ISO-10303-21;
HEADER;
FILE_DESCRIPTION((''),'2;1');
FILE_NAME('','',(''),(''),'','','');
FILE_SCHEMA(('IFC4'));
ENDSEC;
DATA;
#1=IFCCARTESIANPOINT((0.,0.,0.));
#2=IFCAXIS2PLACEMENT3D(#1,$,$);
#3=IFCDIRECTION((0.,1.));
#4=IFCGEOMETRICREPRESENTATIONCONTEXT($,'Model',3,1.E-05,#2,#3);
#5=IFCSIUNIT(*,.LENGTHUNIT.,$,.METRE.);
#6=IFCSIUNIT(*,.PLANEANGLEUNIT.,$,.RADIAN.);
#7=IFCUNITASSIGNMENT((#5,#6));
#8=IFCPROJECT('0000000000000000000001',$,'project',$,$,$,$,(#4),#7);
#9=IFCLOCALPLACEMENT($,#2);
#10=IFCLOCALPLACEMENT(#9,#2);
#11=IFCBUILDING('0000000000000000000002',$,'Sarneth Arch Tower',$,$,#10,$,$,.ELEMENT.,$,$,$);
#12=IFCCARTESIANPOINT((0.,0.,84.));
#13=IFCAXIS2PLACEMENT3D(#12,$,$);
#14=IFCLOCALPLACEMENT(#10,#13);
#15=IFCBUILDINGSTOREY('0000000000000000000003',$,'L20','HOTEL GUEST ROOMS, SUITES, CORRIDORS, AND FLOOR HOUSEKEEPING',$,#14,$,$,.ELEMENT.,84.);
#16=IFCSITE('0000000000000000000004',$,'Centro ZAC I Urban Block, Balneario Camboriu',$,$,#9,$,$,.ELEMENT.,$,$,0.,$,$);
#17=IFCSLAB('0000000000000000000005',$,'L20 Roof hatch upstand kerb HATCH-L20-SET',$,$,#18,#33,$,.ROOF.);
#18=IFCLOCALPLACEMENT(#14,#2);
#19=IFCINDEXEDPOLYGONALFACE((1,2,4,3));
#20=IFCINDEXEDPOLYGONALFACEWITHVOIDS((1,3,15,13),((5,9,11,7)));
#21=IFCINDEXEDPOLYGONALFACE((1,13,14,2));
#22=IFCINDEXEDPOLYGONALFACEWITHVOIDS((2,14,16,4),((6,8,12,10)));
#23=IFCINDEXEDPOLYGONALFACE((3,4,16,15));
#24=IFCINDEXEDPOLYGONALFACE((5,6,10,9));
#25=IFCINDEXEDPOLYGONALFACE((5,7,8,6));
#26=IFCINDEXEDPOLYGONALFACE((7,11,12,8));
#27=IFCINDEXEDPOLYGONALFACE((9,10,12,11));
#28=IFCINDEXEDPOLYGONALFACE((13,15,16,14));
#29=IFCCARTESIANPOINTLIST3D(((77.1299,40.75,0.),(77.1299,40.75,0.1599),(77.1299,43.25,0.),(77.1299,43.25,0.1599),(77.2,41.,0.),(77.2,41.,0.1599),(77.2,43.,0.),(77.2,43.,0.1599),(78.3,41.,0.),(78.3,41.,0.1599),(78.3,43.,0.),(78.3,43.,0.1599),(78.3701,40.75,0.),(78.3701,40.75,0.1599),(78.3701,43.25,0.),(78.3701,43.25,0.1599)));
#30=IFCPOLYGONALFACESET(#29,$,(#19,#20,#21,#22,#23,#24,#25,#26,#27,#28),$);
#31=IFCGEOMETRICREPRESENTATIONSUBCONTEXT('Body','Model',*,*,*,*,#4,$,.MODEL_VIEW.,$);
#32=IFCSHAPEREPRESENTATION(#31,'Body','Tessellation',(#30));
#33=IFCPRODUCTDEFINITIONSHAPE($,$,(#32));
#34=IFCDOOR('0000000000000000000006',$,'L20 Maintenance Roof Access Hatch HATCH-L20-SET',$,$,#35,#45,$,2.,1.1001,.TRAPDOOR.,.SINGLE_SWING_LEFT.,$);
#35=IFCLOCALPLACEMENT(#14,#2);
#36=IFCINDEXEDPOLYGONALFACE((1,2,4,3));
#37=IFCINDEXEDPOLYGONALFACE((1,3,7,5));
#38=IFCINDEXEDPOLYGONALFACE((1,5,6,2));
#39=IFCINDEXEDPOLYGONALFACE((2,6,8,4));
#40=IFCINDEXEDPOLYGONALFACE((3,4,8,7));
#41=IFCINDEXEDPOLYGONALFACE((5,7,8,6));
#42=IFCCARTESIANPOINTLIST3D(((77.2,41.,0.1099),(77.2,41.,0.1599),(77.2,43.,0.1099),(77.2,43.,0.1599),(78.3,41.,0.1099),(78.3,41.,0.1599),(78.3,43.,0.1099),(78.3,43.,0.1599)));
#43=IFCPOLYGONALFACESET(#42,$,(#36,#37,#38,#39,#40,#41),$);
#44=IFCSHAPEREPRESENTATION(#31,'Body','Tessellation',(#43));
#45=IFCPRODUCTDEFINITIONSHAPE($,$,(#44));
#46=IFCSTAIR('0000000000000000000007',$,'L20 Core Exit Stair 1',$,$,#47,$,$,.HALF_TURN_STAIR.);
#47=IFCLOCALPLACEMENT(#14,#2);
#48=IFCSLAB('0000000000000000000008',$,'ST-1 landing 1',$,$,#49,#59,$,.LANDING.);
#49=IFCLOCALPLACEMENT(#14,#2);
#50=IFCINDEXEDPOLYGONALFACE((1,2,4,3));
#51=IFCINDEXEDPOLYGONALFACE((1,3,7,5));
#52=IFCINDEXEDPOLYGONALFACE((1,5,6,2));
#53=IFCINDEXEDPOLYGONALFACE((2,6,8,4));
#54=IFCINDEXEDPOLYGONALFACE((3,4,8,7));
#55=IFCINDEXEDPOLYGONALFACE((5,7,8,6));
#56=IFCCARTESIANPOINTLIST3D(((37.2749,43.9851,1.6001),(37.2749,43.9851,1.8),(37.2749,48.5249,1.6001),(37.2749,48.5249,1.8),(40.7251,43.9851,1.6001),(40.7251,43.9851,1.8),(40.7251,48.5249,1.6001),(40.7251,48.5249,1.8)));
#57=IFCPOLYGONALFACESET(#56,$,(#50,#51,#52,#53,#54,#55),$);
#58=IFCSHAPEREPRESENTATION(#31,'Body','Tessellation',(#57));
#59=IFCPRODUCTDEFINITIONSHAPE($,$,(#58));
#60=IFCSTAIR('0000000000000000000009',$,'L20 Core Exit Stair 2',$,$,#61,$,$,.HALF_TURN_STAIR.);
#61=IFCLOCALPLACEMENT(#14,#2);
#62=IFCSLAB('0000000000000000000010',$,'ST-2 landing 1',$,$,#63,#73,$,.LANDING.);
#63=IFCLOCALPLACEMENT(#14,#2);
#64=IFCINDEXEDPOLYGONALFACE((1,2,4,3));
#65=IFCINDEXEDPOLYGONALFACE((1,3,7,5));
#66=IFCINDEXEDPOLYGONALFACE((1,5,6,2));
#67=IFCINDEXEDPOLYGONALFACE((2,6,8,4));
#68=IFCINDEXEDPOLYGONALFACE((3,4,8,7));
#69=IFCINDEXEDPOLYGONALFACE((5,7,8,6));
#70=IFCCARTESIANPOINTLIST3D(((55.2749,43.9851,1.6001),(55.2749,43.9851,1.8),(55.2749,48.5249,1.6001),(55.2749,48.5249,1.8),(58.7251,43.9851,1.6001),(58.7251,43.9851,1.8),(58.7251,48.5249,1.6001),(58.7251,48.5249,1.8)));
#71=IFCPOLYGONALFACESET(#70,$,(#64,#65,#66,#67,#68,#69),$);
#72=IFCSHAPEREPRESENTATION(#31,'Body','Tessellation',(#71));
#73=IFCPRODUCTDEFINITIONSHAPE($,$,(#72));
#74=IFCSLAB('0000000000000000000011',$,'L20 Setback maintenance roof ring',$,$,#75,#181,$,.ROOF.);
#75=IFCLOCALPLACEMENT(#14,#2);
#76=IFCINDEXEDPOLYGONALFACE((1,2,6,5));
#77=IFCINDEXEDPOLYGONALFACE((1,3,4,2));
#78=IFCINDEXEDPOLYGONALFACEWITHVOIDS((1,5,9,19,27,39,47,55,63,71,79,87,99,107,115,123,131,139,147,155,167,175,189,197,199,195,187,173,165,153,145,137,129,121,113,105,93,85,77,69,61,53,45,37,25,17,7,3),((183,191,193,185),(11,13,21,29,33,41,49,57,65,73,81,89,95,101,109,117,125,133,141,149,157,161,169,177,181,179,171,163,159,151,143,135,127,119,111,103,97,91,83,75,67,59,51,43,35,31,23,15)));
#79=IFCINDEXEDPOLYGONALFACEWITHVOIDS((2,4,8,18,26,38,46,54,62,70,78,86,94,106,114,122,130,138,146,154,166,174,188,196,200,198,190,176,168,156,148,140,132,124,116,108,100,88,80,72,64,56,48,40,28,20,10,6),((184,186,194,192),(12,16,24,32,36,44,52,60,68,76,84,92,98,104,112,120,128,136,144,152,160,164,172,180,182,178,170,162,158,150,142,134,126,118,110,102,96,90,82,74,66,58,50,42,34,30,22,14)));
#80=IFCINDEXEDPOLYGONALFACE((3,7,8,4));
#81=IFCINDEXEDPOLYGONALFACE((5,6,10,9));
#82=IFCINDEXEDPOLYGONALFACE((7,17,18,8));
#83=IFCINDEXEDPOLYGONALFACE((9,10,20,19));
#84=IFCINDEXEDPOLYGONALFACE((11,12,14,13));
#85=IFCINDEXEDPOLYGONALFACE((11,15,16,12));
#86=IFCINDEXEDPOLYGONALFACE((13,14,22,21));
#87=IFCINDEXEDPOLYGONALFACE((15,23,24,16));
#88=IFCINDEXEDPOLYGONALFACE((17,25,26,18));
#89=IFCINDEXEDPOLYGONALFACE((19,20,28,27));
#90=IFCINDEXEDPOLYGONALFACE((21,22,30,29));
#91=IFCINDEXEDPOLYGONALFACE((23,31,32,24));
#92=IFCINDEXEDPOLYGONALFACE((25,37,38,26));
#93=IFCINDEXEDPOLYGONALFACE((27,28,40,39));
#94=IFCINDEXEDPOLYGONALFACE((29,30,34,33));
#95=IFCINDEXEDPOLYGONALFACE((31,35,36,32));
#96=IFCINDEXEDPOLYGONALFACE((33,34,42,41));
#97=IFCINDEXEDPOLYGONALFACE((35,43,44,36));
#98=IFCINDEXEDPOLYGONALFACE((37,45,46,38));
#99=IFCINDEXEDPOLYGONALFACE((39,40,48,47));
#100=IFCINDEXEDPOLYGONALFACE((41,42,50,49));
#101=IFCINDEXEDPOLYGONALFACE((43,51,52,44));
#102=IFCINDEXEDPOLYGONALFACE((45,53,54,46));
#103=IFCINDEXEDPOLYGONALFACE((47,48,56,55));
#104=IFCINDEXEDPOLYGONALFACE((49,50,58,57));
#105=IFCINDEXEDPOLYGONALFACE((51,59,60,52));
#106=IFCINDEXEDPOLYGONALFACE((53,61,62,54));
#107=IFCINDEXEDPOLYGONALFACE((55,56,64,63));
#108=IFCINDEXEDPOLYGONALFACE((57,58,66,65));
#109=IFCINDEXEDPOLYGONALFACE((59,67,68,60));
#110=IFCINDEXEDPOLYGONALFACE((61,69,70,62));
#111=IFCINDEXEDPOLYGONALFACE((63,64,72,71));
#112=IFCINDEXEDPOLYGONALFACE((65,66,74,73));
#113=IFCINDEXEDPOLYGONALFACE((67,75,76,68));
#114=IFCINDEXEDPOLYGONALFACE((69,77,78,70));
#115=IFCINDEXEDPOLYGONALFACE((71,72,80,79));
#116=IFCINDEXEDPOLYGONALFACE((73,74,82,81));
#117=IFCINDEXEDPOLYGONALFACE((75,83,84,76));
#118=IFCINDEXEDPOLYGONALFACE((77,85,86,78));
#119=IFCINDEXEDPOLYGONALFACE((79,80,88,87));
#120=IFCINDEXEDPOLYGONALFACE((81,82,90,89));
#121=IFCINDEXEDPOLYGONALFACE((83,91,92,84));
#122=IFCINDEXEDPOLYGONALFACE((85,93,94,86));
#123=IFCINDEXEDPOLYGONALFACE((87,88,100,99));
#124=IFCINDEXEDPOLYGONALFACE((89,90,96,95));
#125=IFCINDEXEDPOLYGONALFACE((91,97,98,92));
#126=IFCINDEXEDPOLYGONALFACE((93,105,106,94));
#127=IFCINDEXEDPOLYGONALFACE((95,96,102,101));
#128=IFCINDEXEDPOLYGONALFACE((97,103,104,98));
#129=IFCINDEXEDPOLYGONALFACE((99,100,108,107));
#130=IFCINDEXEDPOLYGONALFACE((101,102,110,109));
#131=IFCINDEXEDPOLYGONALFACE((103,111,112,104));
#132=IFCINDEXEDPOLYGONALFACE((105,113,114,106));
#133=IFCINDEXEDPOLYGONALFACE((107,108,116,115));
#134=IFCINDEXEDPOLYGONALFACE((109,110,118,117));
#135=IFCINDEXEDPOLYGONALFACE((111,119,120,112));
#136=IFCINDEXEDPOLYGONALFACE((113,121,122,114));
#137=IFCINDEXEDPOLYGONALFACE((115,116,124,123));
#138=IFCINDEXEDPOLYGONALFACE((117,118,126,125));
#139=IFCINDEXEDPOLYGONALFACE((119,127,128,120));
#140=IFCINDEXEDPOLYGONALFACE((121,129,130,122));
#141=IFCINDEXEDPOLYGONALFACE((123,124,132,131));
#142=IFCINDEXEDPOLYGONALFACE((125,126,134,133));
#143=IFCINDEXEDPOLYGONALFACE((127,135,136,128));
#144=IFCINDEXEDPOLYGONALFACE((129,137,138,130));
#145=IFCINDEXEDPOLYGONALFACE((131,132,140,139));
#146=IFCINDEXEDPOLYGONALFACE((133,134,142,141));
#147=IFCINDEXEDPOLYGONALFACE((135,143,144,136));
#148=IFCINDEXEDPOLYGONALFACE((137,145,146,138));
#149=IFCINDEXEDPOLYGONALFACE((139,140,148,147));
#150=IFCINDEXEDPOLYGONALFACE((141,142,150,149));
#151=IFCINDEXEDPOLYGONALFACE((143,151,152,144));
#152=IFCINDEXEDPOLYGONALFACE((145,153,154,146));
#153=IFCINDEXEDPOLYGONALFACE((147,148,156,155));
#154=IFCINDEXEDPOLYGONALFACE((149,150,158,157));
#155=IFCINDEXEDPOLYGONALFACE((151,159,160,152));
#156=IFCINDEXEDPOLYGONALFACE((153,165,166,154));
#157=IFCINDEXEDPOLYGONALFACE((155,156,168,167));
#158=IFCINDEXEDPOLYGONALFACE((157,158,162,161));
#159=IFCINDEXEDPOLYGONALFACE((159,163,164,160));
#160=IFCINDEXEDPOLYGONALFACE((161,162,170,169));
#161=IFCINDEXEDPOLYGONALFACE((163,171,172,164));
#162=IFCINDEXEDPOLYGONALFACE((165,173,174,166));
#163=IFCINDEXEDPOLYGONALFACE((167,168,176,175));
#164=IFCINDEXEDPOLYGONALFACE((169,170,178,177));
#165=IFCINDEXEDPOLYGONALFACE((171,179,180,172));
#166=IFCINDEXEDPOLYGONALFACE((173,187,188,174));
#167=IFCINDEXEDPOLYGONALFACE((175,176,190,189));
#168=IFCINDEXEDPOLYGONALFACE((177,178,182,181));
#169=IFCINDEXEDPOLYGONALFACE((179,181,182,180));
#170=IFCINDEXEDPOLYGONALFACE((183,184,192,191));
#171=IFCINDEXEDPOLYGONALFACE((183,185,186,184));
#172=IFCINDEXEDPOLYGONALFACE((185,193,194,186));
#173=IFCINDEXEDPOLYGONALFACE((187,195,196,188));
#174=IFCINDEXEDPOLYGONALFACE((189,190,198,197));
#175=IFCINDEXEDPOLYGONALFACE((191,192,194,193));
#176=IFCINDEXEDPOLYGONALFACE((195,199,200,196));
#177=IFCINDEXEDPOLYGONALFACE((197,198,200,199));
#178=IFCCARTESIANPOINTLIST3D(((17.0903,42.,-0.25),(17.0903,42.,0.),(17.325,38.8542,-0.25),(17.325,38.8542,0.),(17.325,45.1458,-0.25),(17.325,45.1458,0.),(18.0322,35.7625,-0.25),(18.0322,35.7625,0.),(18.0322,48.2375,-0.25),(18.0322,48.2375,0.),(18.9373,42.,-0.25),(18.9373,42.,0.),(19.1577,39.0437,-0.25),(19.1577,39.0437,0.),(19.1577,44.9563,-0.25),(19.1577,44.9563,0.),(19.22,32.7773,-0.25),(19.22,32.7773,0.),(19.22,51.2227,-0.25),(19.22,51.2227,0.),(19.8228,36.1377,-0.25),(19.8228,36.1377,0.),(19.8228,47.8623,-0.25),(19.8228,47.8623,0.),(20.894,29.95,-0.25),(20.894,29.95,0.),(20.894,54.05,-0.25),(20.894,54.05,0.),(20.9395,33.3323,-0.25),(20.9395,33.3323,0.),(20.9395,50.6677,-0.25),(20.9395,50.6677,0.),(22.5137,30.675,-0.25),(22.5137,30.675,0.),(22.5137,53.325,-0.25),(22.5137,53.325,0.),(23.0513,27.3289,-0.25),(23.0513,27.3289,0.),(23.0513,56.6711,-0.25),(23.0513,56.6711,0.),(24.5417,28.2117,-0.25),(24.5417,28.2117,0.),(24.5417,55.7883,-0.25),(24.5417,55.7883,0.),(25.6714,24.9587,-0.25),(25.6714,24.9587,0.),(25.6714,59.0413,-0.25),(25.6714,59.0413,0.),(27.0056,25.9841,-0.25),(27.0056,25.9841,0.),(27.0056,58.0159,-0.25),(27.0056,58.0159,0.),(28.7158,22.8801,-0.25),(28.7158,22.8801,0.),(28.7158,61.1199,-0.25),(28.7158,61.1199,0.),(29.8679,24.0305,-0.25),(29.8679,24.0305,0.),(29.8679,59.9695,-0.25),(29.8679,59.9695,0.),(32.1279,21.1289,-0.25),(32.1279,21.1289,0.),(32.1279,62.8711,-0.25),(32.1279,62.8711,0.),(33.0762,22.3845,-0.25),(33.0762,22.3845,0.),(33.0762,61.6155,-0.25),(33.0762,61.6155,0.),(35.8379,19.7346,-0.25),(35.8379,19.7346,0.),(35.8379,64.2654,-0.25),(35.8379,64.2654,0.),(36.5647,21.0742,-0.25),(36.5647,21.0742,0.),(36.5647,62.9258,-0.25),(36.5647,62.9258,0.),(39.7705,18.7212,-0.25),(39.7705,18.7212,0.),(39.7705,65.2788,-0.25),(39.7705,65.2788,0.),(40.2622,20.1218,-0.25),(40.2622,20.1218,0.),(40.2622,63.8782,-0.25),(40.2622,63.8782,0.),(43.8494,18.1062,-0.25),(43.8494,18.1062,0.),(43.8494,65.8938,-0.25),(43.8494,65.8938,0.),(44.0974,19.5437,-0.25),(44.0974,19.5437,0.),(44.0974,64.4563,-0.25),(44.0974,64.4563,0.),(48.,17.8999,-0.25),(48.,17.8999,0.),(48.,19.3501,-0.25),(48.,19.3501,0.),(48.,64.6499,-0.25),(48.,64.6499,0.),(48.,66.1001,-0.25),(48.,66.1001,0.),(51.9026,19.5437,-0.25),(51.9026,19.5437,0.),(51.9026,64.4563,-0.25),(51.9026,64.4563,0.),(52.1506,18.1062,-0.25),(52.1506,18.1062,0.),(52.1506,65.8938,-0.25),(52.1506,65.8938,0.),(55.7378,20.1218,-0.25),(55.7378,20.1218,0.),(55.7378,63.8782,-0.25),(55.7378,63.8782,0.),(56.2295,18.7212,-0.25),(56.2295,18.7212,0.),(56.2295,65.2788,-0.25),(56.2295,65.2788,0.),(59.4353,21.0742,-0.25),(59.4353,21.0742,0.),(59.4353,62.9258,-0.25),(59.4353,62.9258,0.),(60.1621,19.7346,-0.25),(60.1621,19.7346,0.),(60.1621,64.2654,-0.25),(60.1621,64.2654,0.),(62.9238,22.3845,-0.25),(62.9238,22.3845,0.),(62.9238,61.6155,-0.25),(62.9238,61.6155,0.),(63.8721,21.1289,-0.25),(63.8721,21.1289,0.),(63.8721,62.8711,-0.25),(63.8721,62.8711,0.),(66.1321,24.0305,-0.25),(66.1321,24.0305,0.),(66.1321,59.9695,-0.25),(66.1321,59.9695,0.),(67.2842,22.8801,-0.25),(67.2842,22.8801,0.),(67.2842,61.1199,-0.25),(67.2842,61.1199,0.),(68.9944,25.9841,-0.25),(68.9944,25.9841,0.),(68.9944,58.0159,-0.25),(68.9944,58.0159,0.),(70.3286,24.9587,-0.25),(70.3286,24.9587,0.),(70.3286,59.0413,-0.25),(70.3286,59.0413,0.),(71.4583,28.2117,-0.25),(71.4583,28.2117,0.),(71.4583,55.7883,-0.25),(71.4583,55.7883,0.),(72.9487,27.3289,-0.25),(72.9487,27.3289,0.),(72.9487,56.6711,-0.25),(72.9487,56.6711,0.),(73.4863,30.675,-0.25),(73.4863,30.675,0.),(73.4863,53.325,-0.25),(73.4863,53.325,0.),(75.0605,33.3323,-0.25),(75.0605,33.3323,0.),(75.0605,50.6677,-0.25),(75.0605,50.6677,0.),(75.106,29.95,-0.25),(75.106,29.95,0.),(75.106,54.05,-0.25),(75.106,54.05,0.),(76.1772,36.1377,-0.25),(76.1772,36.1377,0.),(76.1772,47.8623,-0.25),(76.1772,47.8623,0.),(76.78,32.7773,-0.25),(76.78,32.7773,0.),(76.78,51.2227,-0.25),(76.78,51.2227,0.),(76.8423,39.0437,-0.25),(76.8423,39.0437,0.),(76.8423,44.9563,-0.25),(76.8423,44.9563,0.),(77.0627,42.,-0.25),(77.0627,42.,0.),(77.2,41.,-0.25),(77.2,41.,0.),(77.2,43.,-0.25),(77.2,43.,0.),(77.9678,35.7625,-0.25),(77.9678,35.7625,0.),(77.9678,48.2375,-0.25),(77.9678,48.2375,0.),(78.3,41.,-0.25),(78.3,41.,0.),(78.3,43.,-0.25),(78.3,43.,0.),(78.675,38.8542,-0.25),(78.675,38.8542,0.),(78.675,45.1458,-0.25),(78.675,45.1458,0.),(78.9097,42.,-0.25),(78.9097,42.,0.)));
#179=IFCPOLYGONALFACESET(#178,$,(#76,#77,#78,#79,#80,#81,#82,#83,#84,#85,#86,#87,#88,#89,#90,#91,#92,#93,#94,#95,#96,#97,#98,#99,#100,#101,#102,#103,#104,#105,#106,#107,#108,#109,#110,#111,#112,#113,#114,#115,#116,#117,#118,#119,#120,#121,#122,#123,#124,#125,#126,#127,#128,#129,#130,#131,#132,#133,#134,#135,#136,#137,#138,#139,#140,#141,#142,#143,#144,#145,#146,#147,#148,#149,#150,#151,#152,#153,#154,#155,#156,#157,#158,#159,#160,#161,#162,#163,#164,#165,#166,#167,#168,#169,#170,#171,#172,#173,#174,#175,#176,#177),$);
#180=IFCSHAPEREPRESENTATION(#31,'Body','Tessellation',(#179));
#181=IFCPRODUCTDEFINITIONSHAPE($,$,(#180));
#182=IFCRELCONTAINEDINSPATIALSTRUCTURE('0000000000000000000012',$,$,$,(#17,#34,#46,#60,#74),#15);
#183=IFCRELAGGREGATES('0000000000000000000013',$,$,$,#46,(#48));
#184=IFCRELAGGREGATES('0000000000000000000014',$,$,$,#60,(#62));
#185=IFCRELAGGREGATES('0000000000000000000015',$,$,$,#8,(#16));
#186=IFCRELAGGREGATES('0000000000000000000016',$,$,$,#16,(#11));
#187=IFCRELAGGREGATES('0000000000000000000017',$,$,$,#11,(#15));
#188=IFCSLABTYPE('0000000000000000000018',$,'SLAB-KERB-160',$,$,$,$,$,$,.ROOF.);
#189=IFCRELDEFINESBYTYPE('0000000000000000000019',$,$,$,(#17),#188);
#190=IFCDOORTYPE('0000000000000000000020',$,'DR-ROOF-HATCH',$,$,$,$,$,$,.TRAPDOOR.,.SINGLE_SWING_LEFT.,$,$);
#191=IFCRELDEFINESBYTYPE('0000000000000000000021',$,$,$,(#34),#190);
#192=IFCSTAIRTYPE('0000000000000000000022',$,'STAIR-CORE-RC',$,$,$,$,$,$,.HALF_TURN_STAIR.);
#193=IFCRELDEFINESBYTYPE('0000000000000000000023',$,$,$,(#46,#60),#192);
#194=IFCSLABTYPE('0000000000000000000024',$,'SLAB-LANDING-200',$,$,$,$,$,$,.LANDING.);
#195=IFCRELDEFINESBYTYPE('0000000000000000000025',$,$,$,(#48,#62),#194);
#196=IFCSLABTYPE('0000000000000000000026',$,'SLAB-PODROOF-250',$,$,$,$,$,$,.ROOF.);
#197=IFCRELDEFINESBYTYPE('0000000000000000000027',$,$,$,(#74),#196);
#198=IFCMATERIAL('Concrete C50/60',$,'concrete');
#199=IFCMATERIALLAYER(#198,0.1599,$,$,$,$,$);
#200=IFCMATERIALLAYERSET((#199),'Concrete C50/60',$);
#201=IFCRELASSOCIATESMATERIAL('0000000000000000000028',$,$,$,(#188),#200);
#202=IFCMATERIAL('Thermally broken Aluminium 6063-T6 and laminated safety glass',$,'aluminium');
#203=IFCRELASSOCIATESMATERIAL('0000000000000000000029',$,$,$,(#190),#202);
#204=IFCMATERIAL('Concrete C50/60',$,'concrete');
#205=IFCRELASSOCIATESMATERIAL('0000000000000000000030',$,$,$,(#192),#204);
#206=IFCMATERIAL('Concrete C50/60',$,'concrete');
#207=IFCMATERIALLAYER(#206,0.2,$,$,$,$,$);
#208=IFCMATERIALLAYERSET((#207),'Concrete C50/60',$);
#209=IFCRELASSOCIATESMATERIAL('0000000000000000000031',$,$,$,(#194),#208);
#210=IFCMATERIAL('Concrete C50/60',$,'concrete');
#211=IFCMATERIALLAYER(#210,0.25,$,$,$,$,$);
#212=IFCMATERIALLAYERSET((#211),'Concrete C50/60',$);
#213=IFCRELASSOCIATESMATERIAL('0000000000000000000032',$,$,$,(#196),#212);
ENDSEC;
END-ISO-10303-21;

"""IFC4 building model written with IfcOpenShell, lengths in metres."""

from ifc_helpers import new_model, si_unit, direction, frame, origin, origin_2d, place, context, subcontext, project, spatial, polyline, rectangle, outline, extrude, material, layer, layer_set, type_object, element, fill, aggregate, save


model = new_model("IFC4")

# Units and contexts
model_context = context("Model", 3, precision=1e-05, world=origin(), true_north=direction((0.0, 1.0)))
body_context = subcontext(model_context, "Body", "Model", "MODEL_VIEW")
ifc_project = project(units=[si_unit("LENGTHUNIT", "METRE"), si_unit("PLANEANGLEUNIT", "RADIAN")], contexts=[model_context])

# Site, building, storey
site_placement = place(None, origin())
site = spatial("IfcSite", under=ifc_project, at=site_placement, Name="Centro ZAC I Urban Block, Balneario Camboriu", CompositionType="ELEMENT", RefElevation=0.0)
building_placement = place(site_placement, origin())
building = spatial("IfcBuilding", under=site, at=building_placement, Name="Sarneth Arch Tower", CompositionType="ELEMENT")
storey_placement = place(building_placement, frame((0.0, 0.0, 84.0)))
storey = spatial("IfcBuildingStorey", under=building, at=storey_placement, Name="L20", Description="HOTEL GUEST ROOMS, SUITES, CORRIDORS, AND FLOOR HOUSEKEEPING", CompositionType="ELEMENT", Elevation=84.0)

# Slab, opening, door
ifc_material_1 = material(Name="Concrete C50/60", Category="concrete")
ifc_layer_1 = layer(ifc_material_1, 0.1599)
ifc_layer_set_1 = layer_set([ifc_layer_1], Name="Concrete C50/60")
slab_type_1 = type_object("IfcSlabType", Name="SLAB-KERB-160", PredefinedType="ROOF", material=ifc_layer_set_1)
slab_1_placement = place(storey_placement, origin())
slab_1 = element("IfcSlab", 1, at=slab_1_placement, inside=storey, type_object=slab_type_1, Name="L20 Roof hatch upstand kerb HATCH-L20-SET", PredefinedType="ROOF", context=body_context, shape_type="SweptSolid", body=[
    extrude(outline(polyline([(77.1299, 40.75), (78.3701, 40.75), (78.3701, 43.25), (77.1299, 43.25), (77.1299, 40.75)]), holes=[polyline([(77.2, 41.0), (78.3, 41.0), (78.3, 43.0), (77.2, 43.0), (77.2, 41.0)])]), origin(), (0.0, 0.0, 1.0), 0.1599),
])
opening_1_placement = place(slab_1_placement, frame((77.75, 42.0, 0.0)))
opening_1 = element("IfcOpeningElement", 2, at=opening_1_placement, cuts=slab_1, PredefinedType="OPENING", context=body_context, shape_type="SweptSolid", body=[
    extrude(rectangle(XDim=1.1001, YDim=2.0, at=origin_2d()), origin(), (0.0, 0.0, 1.0), 0.1599),
])
ifc_material_2 = material(Name="Thermally broken Aluminium 6063-T6 and laminated safety glass", Category="aluminium")
door_type = type_object("IfcDoorType", Name="DR-ROOF-HATCH", OperationType="SINGLE_SWING_LEFT", PredefinedType="TRAPDOOR", material=ifc_material_2)
door_placement = place(opening_1_placement, frame((0.0, 0.0, 0.1099)))
door = element("IfcDoor", 3, at=door_placement, inside=storey, type_object=door_type, Name="L20 Maintenance Roof Access Hatch HATCH-L20-SET", OperationType="SINGLE_SWING_LEFT", OverallHeight=2.0, OverallWidth=1.1001, PredefinedType="TRAPDOOR", context=body_context, shape_type="SweptSolid", body=[
    extrude(rectangle(XDim=1.1001, YDim=2.0, at=origin_2d()), origin(), (0.0, 0.0, 1.0), 0.05),
])
fill(opening_1, door)

# Stairs, slabs
ifc_material_3 = material(Name="Concrete C50/60", Category="concrete")
stair_type = type_object("IfcStairType", Name="STAIR-CORE-RC", PredefinedType="HALF_TURN_STAIR", material=ifc_material_3)
stair_1_placement = place(storey_placement, origin())
stair_1 = element("IfcStair", 4, at=stair_1_placement, inside=storey, type_object=stair_type, Name="L20 Core Exit Stair 1", PredefinedType="HALF_TURN_STAIR")
ifc_material_4 = material(Name="Concrete C50/60", Category="concrete")
ifc_layer_2 = layer(ifc_material_4, 0.2)
ifc_layer_set_2 = layer_set([ifc_layer_2], Name="Concrete C50/60")
slab_type_2 = type_object("IfcSlabType", Name="SLAB-LANDING-200", PredefinedType="LANDING", material=ifc_layer_set_2)
slab_2_placement = place(storey_placement, frame((0.0, 0.0, 1.6001)))
slab_2 = element("IfcSlab", 5, at=slab_2_placement, type_object=slab_type_2, Name="ST-1 landing 1", PredefinedType="LANDING", context=body_context, shape_type="SweptSolid", body=[
    extrude(outline(polyline([(37.2749, 43.9851), (40.7251, 43.9851), (40.7251, 48.5249), (37.2749, 48.5249), (37.2749, 43.9851)])), origin(), (0.0, 0.0, 1.0), 0.2),
])
aggregate(stair_1, [slab_2])
stair_2_placement = place(storey_placement, origin())
stair_2 = element("IfcStair", 6, at=stair_2_placement, inside=storey, type_object=stair_type, Name="L20 Core Exit Stair 2", PredefinedType="HALF_TURN_STAIR")
slab_3_placement = place(storey_placement, frame((0.0, 0.0, 1.6001)))
slab_3 = element("IfcSlab", 7, at=slab_3_placement, type_object=slab_type_2, Name="ST-2 landing 1", PredefinedType="LANDING", context=body_context, shape_type="SweptSolid", body=[
    extrude(outline(polyline([(55.2749, 43.9851), (58.7251, 43.9851), (58.7251, 48.5249), (55.2749, 48.5249), (55.2749, 43.9851)])), origin(), (0.0, 0.0, 1.0), 0.2),
])
aggregate(stair_2, [slab_3])

# Slab
ifc_material_5 = material(Name="Concrete C50/60", Category="concrete")
ifc_layer_3 = layer(ifc_material_5, 0.25)
ifc_layer_set_3 = layer_set([ifc_layer_3], Name="Concrete C50/60")
slab_type_3 = type_object("IfcSlabType", Name="SLAB-PODROOF-250", PredefinedType="ROOF", material=ifc_layer_set_3)
slab_4_placement = place(storey_placement, frame((0.0, 0.0, -0.25)))
element("IfcSlab", 8, at=slab_4_placement, inside=storey, type_object=slab_type_3, Name="L20 Setback maintenance roof ring", PredefinedType="ROOF", context=body_context, shape_type="SweptSolid", body=[
    extrude(outline(polyline([(78.9097, 42.0), (78.675, 45.1458), (77.9678, 48.2375), (76.78, 51.2227), (75.106, 54.05), (72.9487, 56.6711), (70.3286, 59.0413), (67.2842, 61.1199), (63.8721, 62.8711), (60.1621, 64.2654), (56.2295, 65.2788), (52.1506, 65.8938), (48.0, 66.1001), (43.8494, 65.8938), (39.7705, 65.2788), (35.8379, 64.2654), (32.1279, 62.8711), (28.7158, 61.1199), (25.6714, 59.0413), (23.0513, 56.6711), (20.894, 54.05), (19.22, 51.2227), (18.0322, 48.2375), (17.325, 45.1458), (17.0903, 42.0), (17.325, 38.8542), (18.0322, 35.7625), (19.22, 32.7773), (20.894, 29.95), (23.0513, 27.3289), (25.6714, 24.9587), (28.7158, 22.8801), (32.1279, 21.1289), (35.8379, 19.7346), (39.7705, 18.7212), (43.8494, 18.1062), (48.0, 17.8999), (52.1506, 18.1062), (56.2295, 18.7212), (60.1621, 19.7346), (63.8721, 21.1289), (67.2842, 22.8801), (70.3286, 24.9587), (72.9487, 27.3289), (75.106, 29.95), (76.78, 32.7773), (77.9678, 35.7625), (78.675, 38.8542), (78.9097, 42.0)]), holes=[polyline([(77.0627, 42.0), (76.8423, 44.9563), (76.1772, 47.8623), (75.0605, 50.6677), (73.4863, 53.325), (71.4583, 55.7883), (68.9944, 58.0159), (66.1321, 59.9695), (62.9238, 61.6155), (59.4353, 62.9258), (55.7378, 63.8782), (51.9026, 64.4563), (48.0, 64.6499), (44.0974, 64.4563), (40.2622, 63.8782), (36.5647, 62.9258), (33.0762, 61.6155), (29.8679, 59.9695), (27.0056, 58.0159), (24.5417, 55.7883), (22.5137, 53.325), (20.9395, 50.6677), (19.8228, 47.8623), (19.1577, 44.9563), (18.9373, 42.0), (19.1577, 39.0437), (19.8228, 36.1377), (20.9395, 33.3323), (22.5137, 30.675), (24.5417, 28.2117), (27.0056, 25.9841), (29.8679, 24.0305), (33.0762, 22.3845), (36.5647, 21.0742), (40.2622, 20.1218), (44.0974, 19.5437), (48.0, 19.3501), (51.9026, 19.5437), (55.7378, 20.1218), (59.4353, 21.0742), (62.9238, 22.3845), (66.1321, 24.0305), (68.9944, 25.9841), (71.4583, 28.2117), (73.4863, 30.675), (75.0605, 33.3323), (76.1772, 36.1377), (76.8423, 39.0437), (77.0627, 42.0)]), polyline([(77.2, 41.0), (78.3, 41.0), (78.3, 43.0), (77.2, 43.0), (77.2, 41.0)])]), origin(), (0.0, 0.0, 1.0), 0.25),
])

save(model, "model.ifc")
